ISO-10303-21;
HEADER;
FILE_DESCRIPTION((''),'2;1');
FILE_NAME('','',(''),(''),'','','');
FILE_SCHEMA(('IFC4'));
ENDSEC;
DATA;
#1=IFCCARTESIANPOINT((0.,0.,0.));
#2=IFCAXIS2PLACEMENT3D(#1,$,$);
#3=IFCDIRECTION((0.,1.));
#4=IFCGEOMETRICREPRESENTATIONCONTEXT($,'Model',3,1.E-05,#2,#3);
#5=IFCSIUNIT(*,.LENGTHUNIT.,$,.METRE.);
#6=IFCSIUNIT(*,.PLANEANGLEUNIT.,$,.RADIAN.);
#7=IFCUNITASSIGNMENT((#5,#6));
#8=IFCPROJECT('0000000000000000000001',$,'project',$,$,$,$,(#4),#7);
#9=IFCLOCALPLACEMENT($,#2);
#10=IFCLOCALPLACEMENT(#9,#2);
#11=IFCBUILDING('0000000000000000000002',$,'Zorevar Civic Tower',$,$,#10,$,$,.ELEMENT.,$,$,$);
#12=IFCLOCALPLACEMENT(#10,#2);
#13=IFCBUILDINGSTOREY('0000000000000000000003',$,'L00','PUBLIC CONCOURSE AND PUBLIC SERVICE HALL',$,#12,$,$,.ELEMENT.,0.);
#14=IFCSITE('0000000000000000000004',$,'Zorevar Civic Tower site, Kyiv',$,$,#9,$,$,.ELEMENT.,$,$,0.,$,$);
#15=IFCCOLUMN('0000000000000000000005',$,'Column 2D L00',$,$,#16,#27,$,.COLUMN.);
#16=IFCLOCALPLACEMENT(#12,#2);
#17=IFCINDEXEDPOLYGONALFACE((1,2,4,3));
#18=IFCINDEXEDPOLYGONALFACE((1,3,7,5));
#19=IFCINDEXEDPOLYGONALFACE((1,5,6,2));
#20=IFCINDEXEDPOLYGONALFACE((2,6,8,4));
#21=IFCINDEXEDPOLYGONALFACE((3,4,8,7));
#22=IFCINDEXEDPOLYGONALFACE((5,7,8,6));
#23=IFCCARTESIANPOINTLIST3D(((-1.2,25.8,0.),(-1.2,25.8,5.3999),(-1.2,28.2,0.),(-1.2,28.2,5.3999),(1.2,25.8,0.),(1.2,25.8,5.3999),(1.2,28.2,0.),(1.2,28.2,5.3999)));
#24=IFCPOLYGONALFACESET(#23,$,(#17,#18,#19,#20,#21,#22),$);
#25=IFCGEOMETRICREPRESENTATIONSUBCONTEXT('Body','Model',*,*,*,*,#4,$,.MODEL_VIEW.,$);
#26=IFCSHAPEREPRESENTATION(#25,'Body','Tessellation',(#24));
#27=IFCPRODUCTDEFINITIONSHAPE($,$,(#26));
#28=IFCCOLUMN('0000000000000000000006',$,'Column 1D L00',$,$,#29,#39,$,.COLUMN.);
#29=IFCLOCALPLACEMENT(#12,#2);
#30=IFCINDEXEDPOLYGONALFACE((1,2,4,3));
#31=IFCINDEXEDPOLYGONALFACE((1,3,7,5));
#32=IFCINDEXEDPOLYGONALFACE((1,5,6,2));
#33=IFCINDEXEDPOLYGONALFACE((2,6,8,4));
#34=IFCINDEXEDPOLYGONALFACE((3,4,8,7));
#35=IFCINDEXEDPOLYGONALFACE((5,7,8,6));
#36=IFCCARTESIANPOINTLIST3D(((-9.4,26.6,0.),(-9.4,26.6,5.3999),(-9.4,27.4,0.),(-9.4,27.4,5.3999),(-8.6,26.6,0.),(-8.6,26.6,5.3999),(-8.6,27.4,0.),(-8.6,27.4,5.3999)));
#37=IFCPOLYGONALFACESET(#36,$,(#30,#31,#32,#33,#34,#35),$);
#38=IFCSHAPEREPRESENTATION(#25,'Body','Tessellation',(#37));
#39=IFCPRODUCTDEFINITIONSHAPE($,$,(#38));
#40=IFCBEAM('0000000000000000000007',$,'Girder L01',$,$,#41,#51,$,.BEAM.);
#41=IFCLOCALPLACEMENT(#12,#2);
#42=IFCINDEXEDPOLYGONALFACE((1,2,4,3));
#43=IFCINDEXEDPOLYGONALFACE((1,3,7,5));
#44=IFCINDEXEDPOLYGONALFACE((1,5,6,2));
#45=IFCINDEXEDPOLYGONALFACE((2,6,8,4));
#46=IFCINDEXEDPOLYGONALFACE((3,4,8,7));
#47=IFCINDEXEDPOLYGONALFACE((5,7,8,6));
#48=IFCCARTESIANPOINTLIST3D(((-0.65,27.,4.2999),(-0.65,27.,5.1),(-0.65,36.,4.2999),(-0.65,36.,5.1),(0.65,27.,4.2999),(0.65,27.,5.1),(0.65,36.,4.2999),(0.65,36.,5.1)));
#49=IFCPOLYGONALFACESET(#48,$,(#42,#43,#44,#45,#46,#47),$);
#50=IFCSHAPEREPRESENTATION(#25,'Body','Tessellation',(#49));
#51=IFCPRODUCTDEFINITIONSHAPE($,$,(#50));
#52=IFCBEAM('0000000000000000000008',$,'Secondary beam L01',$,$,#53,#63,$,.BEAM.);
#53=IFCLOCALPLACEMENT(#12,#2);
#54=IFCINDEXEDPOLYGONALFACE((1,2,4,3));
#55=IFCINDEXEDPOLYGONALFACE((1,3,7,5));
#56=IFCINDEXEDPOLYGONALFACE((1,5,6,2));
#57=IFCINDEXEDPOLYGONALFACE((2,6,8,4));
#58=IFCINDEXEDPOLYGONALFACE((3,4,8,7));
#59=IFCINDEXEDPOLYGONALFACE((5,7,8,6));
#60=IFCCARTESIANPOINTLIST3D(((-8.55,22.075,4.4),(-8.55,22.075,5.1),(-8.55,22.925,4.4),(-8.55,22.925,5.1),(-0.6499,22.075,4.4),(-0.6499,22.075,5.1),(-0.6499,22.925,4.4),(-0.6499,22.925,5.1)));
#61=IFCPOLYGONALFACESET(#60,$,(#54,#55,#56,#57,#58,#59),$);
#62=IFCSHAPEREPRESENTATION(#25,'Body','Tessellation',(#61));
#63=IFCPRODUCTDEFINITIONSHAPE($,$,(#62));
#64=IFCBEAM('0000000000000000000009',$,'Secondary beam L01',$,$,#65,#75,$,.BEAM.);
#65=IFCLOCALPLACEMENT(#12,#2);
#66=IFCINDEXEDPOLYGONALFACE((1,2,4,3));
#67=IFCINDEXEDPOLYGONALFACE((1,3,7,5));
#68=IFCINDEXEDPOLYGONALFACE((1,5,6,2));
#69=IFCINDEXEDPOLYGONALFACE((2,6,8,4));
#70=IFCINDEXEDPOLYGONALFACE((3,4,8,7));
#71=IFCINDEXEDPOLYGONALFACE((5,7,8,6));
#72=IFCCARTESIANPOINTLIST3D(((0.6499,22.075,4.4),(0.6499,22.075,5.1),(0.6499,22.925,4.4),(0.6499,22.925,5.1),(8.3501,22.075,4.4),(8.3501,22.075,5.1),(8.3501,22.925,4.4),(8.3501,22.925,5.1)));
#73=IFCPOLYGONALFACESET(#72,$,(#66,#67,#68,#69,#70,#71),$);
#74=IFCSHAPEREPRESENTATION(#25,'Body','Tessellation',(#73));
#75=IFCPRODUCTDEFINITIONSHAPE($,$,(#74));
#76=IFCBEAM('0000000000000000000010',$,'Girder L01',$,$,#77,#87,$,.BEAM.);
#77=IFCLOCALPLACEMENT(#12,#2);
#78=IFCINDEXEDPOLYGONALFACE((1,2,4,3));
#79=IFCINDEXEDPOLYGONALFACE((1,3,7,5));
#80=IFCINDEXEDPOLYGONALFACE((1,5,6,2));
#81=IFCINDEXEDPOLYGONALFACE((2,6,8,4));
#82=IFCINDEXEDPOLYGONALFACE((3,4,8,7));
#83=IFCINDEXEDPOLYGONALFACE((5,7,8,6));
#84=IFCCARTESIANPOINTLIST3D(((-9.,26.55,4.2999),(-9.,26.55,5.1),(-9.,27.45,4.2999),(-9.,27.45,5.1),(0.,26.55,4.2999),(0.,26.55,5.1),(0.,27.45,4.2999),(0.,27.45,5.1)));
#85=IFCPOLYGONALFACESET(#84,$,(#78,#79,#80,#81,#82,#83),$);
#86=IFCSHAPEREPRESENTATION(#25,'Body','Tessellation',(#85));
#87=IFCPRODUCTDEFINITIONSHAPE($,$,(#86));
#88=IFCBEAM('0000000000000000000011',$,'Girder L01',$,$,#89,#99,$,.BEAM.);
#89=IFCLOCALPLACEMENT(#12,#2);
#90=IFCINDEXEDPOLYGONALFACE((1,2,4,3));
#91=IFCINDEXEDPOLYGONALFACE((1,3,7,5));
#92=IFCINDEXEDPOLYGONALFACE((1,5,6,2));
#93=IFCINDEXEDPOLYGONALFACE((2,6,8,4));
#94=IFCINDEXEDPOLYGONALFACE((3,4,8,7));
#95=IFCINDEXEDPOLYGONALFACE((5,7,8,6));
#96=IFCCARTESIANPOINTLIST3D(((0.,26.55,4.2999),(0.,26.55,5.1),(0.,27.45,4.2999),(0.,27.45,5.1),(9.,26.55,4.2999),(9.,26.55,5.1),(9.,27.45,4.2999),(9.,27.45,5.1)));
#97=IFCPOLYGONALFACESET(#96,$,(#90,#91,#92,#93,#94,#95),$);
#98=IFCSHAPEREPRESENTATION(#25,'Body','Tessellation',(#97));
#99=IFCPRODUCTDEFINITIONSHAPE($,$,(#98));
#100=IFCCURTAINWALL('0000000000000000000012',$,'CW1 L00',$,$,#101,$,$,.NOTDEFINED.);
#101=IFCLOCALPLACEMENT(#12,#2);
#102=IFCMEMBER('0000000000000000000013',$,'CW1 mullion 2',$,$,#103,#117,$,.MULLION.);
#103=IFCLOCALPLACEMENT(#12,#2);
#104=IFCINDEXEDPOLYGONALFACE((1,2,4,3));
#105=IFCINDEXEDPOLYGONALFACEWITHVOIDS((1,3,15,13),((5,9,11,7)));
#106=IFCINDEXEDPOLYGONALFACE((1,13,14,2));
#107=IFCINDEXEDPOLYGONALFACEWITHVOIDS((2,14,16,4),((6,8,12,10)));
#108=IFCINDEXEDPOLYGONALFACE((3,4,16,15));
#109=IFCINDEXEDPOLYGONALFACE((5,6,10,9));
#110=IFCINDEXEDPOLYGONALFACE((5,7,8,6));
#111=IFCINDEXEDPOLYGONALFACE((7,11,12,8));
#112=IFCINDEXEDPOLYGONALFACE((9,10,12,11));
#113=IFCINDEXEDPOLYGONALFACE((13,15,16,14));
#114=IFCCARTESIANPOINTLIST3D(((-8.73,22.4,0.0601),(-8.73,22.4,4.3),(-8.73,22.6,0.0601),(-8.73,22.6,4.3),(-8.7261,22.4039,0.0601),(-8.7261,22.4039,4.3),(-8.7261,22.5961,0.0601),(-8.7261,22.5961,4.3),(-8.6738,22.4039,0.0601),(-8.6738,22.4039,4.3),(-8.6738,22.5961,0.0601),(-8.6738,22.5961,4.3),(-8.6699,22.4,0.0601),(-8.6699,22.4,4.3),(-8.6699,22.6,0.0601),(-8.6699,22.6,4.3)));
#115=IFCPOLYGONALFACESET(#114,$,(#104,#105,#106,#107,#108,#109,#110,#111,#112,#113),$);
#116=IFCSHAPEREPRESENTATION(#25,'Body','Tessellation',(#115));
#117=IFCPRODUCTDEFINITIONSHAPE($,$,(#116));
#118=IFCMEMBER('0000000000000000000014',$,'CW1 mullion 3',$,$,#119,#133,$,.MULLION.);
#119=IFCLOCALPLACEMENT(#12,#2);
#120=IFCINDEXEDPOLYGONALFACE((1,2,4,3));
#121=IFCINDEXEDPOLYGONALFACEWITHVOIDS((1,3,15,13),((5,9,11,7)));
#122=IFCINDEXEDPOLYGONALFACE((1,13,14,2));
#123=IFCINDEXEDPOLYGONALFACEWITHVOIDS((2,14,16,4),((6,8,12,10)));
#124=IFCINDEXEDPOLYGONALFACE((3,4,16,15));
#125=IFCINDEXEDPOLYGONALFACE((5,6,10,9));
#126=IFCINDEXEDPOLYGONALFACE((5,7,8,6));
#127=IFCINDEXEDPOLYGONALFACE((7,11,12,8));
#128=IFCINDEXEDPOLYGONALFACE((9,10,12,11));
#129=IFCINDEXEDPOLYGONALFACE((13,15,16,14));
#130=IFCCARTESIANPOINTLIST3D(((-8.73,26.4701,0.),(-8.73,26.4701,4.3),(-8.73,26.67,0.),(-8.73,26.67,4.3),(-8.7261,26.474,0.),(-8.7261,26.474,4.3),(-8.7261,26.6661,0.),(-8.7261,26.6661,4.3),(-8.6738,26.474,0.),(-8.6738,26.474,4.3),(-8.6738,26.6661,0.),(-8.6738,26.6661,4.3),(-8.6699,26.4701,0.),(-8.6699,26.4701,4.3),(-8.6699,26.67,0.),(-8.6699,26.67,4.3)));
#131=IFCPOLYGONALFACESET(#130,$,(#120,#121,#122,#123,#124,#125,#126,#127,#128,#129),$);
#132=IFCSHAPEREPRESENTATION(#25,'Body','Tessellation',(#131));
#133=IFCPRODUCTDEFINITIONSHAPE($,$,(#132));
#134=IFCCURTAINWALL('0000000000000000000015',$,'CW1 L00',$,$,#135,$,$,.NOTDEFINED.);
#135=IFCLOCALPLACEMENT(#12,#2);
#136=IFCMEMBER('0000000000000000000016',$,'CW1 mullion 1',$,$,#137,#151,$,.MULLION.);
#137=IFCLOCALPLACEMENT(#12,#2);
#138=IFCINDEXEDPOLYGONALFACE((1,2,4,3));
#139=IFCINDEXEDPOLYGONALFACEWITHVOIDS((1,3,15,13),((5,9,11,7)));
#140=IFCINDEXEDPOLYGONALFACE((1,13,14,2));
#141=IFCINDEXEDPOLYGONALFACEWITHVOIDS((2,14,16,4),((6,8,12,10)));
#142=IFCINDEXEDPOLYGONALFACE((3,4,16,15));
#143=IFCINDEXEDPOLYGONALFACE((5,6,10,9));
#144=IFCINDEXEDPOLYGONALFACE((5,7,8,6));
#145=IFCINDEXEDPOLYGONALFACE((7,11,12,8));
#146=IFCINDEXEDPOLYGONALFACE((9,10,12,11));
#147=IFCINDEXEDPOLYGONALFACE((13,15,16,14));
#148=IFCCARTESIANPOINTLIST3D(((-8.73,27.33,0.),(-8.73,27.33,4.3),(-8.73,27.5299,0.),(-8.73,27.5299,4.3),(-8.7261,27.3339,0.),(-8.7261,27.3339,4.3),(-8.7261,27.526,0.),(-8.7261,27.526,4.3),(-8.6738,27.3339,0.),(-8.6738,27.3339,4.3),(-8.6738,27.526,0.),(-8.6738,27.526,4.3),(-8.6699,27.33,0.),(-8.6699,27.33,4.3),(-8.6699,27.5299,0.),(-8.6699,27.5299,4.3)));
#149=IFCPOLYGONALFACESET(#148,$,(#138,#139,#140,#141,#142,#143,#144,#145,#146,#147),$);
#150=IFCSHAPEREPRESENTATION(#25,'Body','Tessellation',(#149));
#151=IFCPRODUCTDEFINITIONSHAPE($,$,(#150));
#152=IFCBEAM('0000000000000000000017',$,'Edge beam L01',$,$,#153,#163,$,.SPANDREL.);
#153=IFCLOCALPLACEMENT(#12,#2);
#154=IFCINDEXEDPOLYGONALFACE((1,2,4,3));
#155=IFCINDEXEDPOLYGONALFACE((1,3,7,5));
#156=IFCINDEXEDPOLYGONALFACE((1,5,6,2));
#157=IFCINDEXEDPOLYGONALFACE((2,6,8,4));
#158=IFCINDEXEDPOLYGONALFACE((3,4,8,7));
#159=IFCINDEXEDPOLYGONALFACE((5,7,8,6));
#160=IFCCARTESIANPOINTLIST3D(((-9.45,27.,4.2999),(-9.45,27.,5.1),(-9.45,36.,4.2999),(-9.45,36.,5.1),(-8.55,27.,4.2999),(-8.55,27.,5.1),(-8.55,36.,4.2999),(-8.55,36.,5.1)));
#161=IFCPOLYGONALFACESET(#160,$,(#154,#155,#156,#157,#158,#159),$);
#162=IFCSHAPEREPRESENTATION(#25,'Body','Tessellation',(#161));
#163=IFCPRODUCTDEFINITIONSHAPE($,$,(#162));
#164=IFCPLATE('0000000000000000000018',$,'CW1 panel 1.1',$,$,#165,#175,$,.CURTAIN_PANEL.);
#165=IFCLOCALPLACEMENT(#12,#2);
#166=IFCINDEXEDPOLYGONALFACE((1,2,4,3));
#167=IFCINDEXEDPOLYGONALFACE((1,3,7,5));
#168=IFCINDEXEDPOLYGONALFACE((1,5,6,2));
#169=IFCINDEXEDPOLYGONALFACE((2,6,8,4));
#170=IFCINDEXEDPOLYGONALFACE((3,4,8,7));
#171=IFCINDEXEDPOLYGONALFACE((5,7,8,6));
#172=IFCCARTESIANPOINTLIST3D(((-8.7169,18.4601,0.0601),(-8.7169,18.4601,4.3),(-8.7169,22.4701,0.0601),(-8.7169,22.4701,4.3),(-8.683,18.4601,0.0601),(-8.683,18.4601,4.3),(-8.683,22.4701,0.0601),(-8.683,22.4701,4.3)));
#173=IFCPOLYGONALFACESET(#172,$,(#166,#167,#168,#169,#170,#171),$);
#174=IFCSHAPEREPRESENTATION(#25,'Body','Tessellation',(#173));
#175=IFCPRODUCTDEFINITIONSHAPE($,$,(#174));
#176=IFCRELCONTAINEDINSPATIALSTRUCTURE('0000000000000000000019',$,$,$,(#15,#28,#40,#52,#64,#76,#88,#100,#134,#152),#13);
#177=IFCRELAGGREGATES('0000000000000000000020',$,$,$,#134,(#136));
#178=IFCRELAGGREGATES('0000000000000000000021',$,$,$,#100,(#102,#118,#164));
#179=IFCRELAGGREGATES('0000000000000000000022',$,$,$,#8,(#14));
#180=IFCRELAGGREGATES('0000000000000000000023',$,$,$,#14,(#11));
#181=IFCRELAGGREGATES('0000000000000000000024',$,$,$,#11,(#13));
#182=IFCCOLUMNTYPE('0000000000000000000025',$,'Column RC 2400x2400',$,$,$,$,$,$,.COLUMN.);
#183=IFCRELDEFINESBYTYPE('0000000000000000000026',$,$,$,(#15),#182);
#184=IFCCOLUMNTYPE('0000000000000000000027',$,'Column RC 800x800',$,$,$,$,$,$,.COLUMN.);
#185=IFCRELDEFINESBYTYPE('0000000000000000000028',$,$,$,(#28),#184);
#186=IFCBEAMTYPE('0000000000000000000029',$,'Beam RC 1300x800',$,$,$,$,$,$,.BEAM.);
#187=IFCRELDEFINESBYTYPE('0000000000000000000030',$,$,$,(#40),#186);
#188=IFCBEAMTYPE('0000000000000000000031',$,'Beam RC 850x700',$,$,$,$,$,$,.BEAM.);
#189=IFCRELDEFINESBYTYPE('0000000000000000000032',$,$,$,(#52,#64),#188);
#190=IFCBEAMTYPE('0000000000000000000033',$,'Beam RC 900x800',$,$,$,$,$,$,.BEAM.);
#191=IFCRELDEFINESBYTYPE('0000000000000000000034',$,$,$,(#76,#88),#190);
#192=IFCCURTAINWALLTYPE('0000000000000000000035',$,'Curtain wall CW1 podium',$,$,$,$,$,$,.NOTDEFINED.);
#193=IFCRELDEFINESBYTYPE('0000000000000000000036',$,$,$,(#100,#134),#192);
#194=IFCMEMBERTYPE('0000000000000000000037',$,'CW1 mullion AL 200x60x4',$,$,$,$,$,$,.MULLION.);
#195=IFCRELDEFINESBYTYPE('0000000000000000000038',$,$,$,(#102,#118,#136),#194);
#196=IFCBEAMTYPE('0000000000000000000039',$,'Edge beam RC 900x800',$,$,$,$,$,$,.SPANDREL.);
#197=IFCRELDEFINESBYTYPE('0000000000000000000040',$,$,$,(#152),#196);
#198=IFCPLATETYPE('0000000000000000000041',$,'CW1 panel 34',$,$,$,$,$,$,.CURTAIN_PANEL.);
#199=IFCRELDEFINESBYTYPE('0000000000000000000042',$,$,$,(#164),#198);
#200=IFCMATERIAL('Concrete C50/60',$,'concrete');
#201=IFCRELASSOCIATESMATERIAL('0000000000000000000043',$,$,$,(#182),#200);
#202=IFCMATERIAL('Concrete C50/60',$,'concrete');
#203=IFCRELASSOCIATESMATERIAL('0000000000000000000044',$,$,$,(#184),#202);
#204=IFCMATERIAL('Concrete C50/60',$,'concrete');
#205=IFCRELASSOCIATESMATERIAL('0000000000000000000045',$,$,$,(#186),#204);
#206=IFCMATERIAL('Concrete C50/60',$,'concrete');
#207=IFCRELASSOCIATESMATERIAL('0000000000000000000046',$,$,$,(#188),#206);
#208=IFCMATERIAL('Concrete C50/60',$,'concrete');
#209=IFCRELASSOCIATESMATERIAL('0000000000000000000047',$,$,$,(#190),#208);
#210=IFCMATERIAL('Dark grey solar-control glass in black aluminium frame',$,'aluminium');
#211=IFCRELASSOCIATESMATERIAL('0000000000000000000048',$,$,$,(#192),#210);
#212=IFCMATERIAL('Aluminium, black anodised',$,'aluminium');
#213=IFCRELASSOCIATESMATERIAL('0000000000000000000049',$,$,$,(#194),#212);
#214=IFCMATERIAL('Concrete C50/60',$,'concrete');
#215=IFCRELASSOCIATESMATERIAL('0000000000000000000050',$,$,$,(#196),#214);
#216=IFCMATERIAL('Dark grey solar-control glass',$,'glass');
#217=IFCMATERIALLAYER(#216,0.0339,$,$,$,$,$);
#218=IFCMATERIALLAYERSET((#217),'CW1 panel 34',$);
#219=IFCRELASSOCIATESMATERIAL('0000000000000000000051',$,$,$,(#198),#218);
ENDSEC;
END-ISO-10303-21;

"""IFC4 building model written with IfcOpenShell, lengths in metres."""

from ifc_helpers import new_model, si_unit, direction, frame, origin, origin_2d, place, context, subcontext, project, spatial, rectangle, hollow_rectangle, extrude, material, layer, layer_set, material_profile, profile_set, type_object, element, aggregate, save


model = new_model("IFC4")

# Units and contexts
model_context = context("Model", 3, precision=1e-05, world=origin(), true_north=direction((0.0, 1.0)))
body_context = subcontext(model_context, "Body", "Model", "MODEL_VIEW")
ifc_project = project(units=[si_unit("LENGTHUNIT", "METRE"), si_unit("PLANEANGLEUNIT", "RADIAN")], contexts=[model_context])

# Site, building, storey
site_placement = place(None, origin())
site = spatial("IfcSite", under=ifc_project, at=site_placement, Name="Zorevar Civic Tower site, Kyiv", CompositionType="ELEMENT", RefElevation=0.0)
building_placement = place(site_placement, origin())
building = spatial("IfcBuilding", under=site, at=building_placement, Name="Zorevar Civic Tower", CompositionType="ELEMENT")
storey_placement = place(building_placement, origin())
storey = spatial("IfcBuildingStorey", under=building, at=storey_placement, Name="L00", Description="PUBLIC CONCOURSE AND PUBLIC SERVICE HALL", CompositionType="ELEMENT", Elevation=0.0)

# Columns
ifc_material_1 = material(Name="Concrete C50/60", Category="concrete")
ifc_material_profile_1 = material_profile(ifc_material_1, rectangle(XDim=2.3999, YDim=2.3999, at=origin_2d()), Name="RC 2400x2400")
ifc_profile_set_1 = profile_set([ifc_material_profile_1], Name="Concrete C50/60")
column_type_1 = type_object("IfcColumnType", Name="Column RC 2400x2400", PredefinedType="COLUMN", material=ifc_profile_set_1)
column_1_placement = place(storey_placement, frame((0.0, 27.0, 0.0), z_axis=(0.0, 0.0, 1.0), x_axis=(1.0, 0.0, 0.0)))
element("IfcColumn", 1, at=column_1_placement, inside=storey, type_object=column_type_1, Name="Column 2D L00", PredefinedType="COLUMN", context=body_context, shape_type="SweptSolid", body=[
    extrude(rectangle(XDim=2.3999, YDim=2.3999, at=origin_2d()), origin(), (0.0, 0.0, 1.0), 5.3999),
])
ifc_material_2 = material(Name="Concrete C50/60", Category="concrete")
ifc_material_profile_2 = material_profile(ifc_material_2, rectangle(XDim=0.8, YDim=0.8, at=origin_2d()), Name="RC 800x800")
ifc_profile_set_2 = profile_set([ifc_material_profile_2], Name="Concrete C50/60")
column_type_2 = type_object("IfcColumnType", Name="Column RC 800x800", PredefinedType="COLUMN", material=ifc_profile_set_2)
column_2_placement = place(storey_placement, frame((-9.0, 27.0, 0.0), z_axis=(0.0, 0.0, 1.0), x_axis=(1.0, 0.0, 0.0)))
element("IfcColumn", 2, at=column_2_placement, inside=storey, type_object=column_type_2, Name="Column 1D L00", PredefinedType="COLUMN", context=body_context, shape_type="SweptSolid", body=[
    extrude(rectangle(XDim=0.8, YDim=0.8, at=origin_2d()), origin(), (0.0, 0.0, 1.0), 5.3999),
])

# Beams
ifc_material_3 = material(Name="Concrete C50/60", Category="concrete")
ifc_material_profile_3 = material_profile(ifc_material_3, rectangle(XDim=1.3, YDim=0.8, at=origin_2d()), Name="RC 1300x800")
ifc_profile_set_3 = profile_set([ifc_material_profile_3], Name="Concrete C50/60")
beam_type_1 = type_object("IfcBeamType", Name="Beam RC 1300x800", PredefinedType="BEAM", material=ifc_profile_set_3)
beam_1_placement = place(storey_placement, frame((0.0, 27.0, 4.7), z_axis=(0.0, 1.0, 0.0), x_axis=(-1.0, 0.0, 0.0)))
element("IfcBeam", 3, at=beam_1_placement, inside=storey, type_object=beam_type_1, Name="Girder L01", PredefinedType="BEAM", context=body_context, shape_type="SweptSolid", body=[
    extrude(rectangle(XDim=1.3, YDim=0.8, at=origin_2d()), origin(), (0.0, 0.0, 1.0), 9.0),
])
ifc_material_4 = material(Name="Concrete C50/60", Category="concrete")
ifc_material_profile_4 = material_profile(ifc_material_4, rectangle(XDim=0.8501, YDim=0.7, at=origin_2d()), Name="RC 850x700")
ifc_profile_set_4 = profile_set([ifc_material_profile_4], Name="Concrete C50/60")
beam_type_2 = type_object("IfcBeamType", Name="Beam RC 850x700", PredefinedType="BEAM", material=ifc_profile_set_4)
beam_2_placement = place(storey_placement, frame((-8.55, 22.5, 4.75), z_axis=(1.0, 0.0, 0.0), x_axis=(0.0, 1.0, 0.0)))
element("IfcBeam", 4, at=beam_2_placement, inside=storey, type_object=beam_type_2, Name="Secondary beam L01", PredefinedType="BEAM", context=body_context, shape_type="SweptSolid", body=[
    extrude(rectangle(XDim=0.8501, YDim=0.7, at=origin_2d()), origin(), (0.0, 0.0, 1.0), 7.9001),
])
beam_3_placement = place(storey_placement, frame((0.6499, 22.5, 4.75), z_axis=(1.0, 0.0, 0.0), x_axis=(0.0, 1.0, 0.0)))
element("IfcBeam", 5, at=beam_3_placement, inside=storey, type_object=beam_type_2, Name="Secondary beam L01", PredefinedType="BEAM", context=body_context, shape_type="SweptSolid", body=[
    extrude(rectangle(XDim=0.8501, YDim=0.7, at=origin_2d()), origin(), (0.0, 0.0, 1.0), 7.7002),
])
ifc_material_5 = material(Name="Concrete C50/60", Category="concrete")
ifc_material_profile_5 = material_profile(ifc_material_5, rectangle(XDim=0.8999, YDim=0.8, at=origin_2d()), Name="RC 900x800")
ifc_profile_set_5 = profile_set([ifc_material_profile_5], Name="Concrete C50/60")
beam_type_3 = type_object("IfcBeamType", Name="Beam RC 900x800", PredefinedType="BEAM", material=ifc_profile_set_5)
for number, where, z_axis, x_axis, name in (
    (6, (-9.0, 27.0, 4.7), (1.0, 0.0, 0.0), (0.0, 1.0, 0.0), "Girder L01"),
    (7, (0.0, 27.0, 4.7), (1.0, 0.0, 0.0), (0.0, 1.0, 0.0), "Girder L01"),
):
    element("IfcBeam", number, at=place(storey_placement, frame(where, z_axis=z_axis, x_axis=x_axis)), inside=storey, type_object=beam_type_3, Name=name, PredefinedType="BEAM", context=body_context, shape_type="SweptSolid", body=[
        extrude(rectangle(XDim=0.8999, YDim=0.8, at=origin_2d()), origin(), (0.0, 0.0, 1.0), 9.0),
    ])

# Curtain wall, members
ifc_material_6 = material(Name="Dark grey solar-control glass in black aluminium frame", Category="aluminium")
curtain_wall_type = type_object("IfcCurtainWallType", Name="Curtain wall CW1 podium", PredefinedType="NOTDEFINED", material=ifc_material_6)
curtain_wall_1_placement = place(storey_placement, origin())
curtain_wall_1 = element("IfcCurtainWall", 8, at=curtain_wall_1_placement, inside=storey, type_object=curtain_wall_type, Name="CW1 L00", PredefinedType="NOTDEFINED")
ifc_material_7 = material(Name="Aluminium, black anodised", Category="aluminium")
ifc_material_profile_6 = material_profile(ifc_material_7, hollow_rectangle(XDim=0.0601, YDim=0.2, WallThickness=0.0039, at=origin_2d()), Name="AL 200x60x4")
ifc_profile_set_6 = profile_set([ifc_material_profile_6], Name="Aluminium, black anodised")
member_type = type_object("IfcMemberType", Name="CW1 mullion AL 200x60x4", PredefinedType="MULLION", material=ifc_profile_set_6)
member_1_placement = place(storey_placement, frame((-8.7, 22.5, 0.0601), z_axis=(0.0, 0.0, 1.0), x_axis=(-1.0, 0.0, 0.0)))
member_1 = element("IfcMember", 9, at=member_1_placement, type_object=member_type, Name="CW1 mullion 2", PredefinedType="MULLION", context=body_context, shape_type="SweptSolid", body=[
    extrude(hollow_rectangle(XDim=0.0601, YDim=0.2, WallThickness=0.0039, at=origin_2d()), origin(), (0.0, 0.0, 1.0), 4.24),
])
member_2_placement = place(storey_placement, frame((-8.7, 26.5701, 0.0), z_axis=(0.0, 0.0, 1.0), x_axis=(-1.0, 0.0, 0.0)))
member_2 = element("IfcMember", 10, at=member_2_placement, type_object=member_type, Name="CW1 mullion 3", PredefinedType="MULLION", context=body_context, shape_type="SweptSolid", body=[
    extrude(hollow_rectangle(XDim=0.0601, YDim=0.2, WallThickness=0.0039, at=origin_2d()), origin(), (0.0, 0.0, 1.0), 4.3),
])

# Curtain wall, member
curtain_wall_2_placement = place(storey_placement, origin())
curtain_wall_2 = element("IfcCurtainWall", 11, at=curtain_wall_2_placement, inside=storey, type_object=curtain_wall_type, Name="CW1 L00", PredefinedType="NOTDEFINED")
member_3_placement = place(storey_placement, frame((-8.7, 27.4299, 0.0), z_axis=(0.0, 0.0, 1.0), x_axis=(-1.0, 0.0, 0.0)))
member_3 = element("IfcMember", 12, at=member_3_placement, type_object=member_type, Name="CW1 mullion 1", PredefinedType="MULLION", context=body_context, shape_type="SweptSolid", body=[
    extrude(hollow_rectangle(XDim=0.0601, YDim=0.2, WallThickness=0.0039, at=origin_2d()), origin(), (0.0, 0.0, 1.0), 4.3),
])
aggregate(curtain_wall_2, [member_3])

# Beam
ifc_material_8 = material(Name="Concrete C50/60", Category="concrete")
ifc_material_profile_7 = material_profile(ifc_material_8, rectangle(XDim=0.8999, YDim=0.8, at=origin_2d()), Name="RC 900x800")
ifc_profile_set_7 = profile_set([ifc_material_profile_7], Name="Concrete C50/60")
beam_type_4 = type_object("IfcBeamType", Name="Edge beam RC 900x800", PredefinedType="SPANDREL", material=ifc_profile_set_7)
beam_4_placement = place(storey_placement, frame((-9.0, 27.0, 4.7), z_axis=(0.0, 1.0, 0.0), x_axis=(-1.0, 0.0, 0.0)))
element("IfcBeam", 13, at=beam_4_placement, inside=storey, type_object=beam_type_4, Name="Edge beam L01", PredefinedType="SPANDREL", context=body_context, shape_type="SweptSolid", body=[
    extrude(rectangle(XDim=0.8999, YDim=0.8, at=origin_2d()), origin(), (0.0, 0.0, 1.0), 9.0),
])

# Plate
ifc_material_9 = material(Name="Dark grey solar-control glass", Category="glass")
ifc_layer_1 = layer(ifc_material_9, 0.0339)
ifc_layer_set_1 = layer_set([ifc_layer_1], Name="CW1 panel 34")
plate_type = type_object("IfcPlateType", Name="CW1 panel 34", PredefinedType="CURTAIN_PANEL", material=ifc_layer_set_1)
plate_1_placement = place(storey_placement, frame((-8.7, 20.4651, 0.0601), z_axis=(0.0, 0.0, 1.0), x_axis=(0.0, 1.0, 0.0)))
plate_1 = element("IfcPlate", 14, at=plate_1_placement, type_object=plate_type, Name="CW1 panel 1.1", PredefinedType="CURTAIN_PANEL", context=body_context, shape_type="SweptSolid", body=[
    extrude(rectangle(XDim=4.01, YDim=0.0339, at=origin_2d()), origin(), (0.0, 0.0, 1.0), 4.24),
])
aggregate(curtain_wall_1, [member_1, member_2, plate_1])

save(model, "model.ifc")
